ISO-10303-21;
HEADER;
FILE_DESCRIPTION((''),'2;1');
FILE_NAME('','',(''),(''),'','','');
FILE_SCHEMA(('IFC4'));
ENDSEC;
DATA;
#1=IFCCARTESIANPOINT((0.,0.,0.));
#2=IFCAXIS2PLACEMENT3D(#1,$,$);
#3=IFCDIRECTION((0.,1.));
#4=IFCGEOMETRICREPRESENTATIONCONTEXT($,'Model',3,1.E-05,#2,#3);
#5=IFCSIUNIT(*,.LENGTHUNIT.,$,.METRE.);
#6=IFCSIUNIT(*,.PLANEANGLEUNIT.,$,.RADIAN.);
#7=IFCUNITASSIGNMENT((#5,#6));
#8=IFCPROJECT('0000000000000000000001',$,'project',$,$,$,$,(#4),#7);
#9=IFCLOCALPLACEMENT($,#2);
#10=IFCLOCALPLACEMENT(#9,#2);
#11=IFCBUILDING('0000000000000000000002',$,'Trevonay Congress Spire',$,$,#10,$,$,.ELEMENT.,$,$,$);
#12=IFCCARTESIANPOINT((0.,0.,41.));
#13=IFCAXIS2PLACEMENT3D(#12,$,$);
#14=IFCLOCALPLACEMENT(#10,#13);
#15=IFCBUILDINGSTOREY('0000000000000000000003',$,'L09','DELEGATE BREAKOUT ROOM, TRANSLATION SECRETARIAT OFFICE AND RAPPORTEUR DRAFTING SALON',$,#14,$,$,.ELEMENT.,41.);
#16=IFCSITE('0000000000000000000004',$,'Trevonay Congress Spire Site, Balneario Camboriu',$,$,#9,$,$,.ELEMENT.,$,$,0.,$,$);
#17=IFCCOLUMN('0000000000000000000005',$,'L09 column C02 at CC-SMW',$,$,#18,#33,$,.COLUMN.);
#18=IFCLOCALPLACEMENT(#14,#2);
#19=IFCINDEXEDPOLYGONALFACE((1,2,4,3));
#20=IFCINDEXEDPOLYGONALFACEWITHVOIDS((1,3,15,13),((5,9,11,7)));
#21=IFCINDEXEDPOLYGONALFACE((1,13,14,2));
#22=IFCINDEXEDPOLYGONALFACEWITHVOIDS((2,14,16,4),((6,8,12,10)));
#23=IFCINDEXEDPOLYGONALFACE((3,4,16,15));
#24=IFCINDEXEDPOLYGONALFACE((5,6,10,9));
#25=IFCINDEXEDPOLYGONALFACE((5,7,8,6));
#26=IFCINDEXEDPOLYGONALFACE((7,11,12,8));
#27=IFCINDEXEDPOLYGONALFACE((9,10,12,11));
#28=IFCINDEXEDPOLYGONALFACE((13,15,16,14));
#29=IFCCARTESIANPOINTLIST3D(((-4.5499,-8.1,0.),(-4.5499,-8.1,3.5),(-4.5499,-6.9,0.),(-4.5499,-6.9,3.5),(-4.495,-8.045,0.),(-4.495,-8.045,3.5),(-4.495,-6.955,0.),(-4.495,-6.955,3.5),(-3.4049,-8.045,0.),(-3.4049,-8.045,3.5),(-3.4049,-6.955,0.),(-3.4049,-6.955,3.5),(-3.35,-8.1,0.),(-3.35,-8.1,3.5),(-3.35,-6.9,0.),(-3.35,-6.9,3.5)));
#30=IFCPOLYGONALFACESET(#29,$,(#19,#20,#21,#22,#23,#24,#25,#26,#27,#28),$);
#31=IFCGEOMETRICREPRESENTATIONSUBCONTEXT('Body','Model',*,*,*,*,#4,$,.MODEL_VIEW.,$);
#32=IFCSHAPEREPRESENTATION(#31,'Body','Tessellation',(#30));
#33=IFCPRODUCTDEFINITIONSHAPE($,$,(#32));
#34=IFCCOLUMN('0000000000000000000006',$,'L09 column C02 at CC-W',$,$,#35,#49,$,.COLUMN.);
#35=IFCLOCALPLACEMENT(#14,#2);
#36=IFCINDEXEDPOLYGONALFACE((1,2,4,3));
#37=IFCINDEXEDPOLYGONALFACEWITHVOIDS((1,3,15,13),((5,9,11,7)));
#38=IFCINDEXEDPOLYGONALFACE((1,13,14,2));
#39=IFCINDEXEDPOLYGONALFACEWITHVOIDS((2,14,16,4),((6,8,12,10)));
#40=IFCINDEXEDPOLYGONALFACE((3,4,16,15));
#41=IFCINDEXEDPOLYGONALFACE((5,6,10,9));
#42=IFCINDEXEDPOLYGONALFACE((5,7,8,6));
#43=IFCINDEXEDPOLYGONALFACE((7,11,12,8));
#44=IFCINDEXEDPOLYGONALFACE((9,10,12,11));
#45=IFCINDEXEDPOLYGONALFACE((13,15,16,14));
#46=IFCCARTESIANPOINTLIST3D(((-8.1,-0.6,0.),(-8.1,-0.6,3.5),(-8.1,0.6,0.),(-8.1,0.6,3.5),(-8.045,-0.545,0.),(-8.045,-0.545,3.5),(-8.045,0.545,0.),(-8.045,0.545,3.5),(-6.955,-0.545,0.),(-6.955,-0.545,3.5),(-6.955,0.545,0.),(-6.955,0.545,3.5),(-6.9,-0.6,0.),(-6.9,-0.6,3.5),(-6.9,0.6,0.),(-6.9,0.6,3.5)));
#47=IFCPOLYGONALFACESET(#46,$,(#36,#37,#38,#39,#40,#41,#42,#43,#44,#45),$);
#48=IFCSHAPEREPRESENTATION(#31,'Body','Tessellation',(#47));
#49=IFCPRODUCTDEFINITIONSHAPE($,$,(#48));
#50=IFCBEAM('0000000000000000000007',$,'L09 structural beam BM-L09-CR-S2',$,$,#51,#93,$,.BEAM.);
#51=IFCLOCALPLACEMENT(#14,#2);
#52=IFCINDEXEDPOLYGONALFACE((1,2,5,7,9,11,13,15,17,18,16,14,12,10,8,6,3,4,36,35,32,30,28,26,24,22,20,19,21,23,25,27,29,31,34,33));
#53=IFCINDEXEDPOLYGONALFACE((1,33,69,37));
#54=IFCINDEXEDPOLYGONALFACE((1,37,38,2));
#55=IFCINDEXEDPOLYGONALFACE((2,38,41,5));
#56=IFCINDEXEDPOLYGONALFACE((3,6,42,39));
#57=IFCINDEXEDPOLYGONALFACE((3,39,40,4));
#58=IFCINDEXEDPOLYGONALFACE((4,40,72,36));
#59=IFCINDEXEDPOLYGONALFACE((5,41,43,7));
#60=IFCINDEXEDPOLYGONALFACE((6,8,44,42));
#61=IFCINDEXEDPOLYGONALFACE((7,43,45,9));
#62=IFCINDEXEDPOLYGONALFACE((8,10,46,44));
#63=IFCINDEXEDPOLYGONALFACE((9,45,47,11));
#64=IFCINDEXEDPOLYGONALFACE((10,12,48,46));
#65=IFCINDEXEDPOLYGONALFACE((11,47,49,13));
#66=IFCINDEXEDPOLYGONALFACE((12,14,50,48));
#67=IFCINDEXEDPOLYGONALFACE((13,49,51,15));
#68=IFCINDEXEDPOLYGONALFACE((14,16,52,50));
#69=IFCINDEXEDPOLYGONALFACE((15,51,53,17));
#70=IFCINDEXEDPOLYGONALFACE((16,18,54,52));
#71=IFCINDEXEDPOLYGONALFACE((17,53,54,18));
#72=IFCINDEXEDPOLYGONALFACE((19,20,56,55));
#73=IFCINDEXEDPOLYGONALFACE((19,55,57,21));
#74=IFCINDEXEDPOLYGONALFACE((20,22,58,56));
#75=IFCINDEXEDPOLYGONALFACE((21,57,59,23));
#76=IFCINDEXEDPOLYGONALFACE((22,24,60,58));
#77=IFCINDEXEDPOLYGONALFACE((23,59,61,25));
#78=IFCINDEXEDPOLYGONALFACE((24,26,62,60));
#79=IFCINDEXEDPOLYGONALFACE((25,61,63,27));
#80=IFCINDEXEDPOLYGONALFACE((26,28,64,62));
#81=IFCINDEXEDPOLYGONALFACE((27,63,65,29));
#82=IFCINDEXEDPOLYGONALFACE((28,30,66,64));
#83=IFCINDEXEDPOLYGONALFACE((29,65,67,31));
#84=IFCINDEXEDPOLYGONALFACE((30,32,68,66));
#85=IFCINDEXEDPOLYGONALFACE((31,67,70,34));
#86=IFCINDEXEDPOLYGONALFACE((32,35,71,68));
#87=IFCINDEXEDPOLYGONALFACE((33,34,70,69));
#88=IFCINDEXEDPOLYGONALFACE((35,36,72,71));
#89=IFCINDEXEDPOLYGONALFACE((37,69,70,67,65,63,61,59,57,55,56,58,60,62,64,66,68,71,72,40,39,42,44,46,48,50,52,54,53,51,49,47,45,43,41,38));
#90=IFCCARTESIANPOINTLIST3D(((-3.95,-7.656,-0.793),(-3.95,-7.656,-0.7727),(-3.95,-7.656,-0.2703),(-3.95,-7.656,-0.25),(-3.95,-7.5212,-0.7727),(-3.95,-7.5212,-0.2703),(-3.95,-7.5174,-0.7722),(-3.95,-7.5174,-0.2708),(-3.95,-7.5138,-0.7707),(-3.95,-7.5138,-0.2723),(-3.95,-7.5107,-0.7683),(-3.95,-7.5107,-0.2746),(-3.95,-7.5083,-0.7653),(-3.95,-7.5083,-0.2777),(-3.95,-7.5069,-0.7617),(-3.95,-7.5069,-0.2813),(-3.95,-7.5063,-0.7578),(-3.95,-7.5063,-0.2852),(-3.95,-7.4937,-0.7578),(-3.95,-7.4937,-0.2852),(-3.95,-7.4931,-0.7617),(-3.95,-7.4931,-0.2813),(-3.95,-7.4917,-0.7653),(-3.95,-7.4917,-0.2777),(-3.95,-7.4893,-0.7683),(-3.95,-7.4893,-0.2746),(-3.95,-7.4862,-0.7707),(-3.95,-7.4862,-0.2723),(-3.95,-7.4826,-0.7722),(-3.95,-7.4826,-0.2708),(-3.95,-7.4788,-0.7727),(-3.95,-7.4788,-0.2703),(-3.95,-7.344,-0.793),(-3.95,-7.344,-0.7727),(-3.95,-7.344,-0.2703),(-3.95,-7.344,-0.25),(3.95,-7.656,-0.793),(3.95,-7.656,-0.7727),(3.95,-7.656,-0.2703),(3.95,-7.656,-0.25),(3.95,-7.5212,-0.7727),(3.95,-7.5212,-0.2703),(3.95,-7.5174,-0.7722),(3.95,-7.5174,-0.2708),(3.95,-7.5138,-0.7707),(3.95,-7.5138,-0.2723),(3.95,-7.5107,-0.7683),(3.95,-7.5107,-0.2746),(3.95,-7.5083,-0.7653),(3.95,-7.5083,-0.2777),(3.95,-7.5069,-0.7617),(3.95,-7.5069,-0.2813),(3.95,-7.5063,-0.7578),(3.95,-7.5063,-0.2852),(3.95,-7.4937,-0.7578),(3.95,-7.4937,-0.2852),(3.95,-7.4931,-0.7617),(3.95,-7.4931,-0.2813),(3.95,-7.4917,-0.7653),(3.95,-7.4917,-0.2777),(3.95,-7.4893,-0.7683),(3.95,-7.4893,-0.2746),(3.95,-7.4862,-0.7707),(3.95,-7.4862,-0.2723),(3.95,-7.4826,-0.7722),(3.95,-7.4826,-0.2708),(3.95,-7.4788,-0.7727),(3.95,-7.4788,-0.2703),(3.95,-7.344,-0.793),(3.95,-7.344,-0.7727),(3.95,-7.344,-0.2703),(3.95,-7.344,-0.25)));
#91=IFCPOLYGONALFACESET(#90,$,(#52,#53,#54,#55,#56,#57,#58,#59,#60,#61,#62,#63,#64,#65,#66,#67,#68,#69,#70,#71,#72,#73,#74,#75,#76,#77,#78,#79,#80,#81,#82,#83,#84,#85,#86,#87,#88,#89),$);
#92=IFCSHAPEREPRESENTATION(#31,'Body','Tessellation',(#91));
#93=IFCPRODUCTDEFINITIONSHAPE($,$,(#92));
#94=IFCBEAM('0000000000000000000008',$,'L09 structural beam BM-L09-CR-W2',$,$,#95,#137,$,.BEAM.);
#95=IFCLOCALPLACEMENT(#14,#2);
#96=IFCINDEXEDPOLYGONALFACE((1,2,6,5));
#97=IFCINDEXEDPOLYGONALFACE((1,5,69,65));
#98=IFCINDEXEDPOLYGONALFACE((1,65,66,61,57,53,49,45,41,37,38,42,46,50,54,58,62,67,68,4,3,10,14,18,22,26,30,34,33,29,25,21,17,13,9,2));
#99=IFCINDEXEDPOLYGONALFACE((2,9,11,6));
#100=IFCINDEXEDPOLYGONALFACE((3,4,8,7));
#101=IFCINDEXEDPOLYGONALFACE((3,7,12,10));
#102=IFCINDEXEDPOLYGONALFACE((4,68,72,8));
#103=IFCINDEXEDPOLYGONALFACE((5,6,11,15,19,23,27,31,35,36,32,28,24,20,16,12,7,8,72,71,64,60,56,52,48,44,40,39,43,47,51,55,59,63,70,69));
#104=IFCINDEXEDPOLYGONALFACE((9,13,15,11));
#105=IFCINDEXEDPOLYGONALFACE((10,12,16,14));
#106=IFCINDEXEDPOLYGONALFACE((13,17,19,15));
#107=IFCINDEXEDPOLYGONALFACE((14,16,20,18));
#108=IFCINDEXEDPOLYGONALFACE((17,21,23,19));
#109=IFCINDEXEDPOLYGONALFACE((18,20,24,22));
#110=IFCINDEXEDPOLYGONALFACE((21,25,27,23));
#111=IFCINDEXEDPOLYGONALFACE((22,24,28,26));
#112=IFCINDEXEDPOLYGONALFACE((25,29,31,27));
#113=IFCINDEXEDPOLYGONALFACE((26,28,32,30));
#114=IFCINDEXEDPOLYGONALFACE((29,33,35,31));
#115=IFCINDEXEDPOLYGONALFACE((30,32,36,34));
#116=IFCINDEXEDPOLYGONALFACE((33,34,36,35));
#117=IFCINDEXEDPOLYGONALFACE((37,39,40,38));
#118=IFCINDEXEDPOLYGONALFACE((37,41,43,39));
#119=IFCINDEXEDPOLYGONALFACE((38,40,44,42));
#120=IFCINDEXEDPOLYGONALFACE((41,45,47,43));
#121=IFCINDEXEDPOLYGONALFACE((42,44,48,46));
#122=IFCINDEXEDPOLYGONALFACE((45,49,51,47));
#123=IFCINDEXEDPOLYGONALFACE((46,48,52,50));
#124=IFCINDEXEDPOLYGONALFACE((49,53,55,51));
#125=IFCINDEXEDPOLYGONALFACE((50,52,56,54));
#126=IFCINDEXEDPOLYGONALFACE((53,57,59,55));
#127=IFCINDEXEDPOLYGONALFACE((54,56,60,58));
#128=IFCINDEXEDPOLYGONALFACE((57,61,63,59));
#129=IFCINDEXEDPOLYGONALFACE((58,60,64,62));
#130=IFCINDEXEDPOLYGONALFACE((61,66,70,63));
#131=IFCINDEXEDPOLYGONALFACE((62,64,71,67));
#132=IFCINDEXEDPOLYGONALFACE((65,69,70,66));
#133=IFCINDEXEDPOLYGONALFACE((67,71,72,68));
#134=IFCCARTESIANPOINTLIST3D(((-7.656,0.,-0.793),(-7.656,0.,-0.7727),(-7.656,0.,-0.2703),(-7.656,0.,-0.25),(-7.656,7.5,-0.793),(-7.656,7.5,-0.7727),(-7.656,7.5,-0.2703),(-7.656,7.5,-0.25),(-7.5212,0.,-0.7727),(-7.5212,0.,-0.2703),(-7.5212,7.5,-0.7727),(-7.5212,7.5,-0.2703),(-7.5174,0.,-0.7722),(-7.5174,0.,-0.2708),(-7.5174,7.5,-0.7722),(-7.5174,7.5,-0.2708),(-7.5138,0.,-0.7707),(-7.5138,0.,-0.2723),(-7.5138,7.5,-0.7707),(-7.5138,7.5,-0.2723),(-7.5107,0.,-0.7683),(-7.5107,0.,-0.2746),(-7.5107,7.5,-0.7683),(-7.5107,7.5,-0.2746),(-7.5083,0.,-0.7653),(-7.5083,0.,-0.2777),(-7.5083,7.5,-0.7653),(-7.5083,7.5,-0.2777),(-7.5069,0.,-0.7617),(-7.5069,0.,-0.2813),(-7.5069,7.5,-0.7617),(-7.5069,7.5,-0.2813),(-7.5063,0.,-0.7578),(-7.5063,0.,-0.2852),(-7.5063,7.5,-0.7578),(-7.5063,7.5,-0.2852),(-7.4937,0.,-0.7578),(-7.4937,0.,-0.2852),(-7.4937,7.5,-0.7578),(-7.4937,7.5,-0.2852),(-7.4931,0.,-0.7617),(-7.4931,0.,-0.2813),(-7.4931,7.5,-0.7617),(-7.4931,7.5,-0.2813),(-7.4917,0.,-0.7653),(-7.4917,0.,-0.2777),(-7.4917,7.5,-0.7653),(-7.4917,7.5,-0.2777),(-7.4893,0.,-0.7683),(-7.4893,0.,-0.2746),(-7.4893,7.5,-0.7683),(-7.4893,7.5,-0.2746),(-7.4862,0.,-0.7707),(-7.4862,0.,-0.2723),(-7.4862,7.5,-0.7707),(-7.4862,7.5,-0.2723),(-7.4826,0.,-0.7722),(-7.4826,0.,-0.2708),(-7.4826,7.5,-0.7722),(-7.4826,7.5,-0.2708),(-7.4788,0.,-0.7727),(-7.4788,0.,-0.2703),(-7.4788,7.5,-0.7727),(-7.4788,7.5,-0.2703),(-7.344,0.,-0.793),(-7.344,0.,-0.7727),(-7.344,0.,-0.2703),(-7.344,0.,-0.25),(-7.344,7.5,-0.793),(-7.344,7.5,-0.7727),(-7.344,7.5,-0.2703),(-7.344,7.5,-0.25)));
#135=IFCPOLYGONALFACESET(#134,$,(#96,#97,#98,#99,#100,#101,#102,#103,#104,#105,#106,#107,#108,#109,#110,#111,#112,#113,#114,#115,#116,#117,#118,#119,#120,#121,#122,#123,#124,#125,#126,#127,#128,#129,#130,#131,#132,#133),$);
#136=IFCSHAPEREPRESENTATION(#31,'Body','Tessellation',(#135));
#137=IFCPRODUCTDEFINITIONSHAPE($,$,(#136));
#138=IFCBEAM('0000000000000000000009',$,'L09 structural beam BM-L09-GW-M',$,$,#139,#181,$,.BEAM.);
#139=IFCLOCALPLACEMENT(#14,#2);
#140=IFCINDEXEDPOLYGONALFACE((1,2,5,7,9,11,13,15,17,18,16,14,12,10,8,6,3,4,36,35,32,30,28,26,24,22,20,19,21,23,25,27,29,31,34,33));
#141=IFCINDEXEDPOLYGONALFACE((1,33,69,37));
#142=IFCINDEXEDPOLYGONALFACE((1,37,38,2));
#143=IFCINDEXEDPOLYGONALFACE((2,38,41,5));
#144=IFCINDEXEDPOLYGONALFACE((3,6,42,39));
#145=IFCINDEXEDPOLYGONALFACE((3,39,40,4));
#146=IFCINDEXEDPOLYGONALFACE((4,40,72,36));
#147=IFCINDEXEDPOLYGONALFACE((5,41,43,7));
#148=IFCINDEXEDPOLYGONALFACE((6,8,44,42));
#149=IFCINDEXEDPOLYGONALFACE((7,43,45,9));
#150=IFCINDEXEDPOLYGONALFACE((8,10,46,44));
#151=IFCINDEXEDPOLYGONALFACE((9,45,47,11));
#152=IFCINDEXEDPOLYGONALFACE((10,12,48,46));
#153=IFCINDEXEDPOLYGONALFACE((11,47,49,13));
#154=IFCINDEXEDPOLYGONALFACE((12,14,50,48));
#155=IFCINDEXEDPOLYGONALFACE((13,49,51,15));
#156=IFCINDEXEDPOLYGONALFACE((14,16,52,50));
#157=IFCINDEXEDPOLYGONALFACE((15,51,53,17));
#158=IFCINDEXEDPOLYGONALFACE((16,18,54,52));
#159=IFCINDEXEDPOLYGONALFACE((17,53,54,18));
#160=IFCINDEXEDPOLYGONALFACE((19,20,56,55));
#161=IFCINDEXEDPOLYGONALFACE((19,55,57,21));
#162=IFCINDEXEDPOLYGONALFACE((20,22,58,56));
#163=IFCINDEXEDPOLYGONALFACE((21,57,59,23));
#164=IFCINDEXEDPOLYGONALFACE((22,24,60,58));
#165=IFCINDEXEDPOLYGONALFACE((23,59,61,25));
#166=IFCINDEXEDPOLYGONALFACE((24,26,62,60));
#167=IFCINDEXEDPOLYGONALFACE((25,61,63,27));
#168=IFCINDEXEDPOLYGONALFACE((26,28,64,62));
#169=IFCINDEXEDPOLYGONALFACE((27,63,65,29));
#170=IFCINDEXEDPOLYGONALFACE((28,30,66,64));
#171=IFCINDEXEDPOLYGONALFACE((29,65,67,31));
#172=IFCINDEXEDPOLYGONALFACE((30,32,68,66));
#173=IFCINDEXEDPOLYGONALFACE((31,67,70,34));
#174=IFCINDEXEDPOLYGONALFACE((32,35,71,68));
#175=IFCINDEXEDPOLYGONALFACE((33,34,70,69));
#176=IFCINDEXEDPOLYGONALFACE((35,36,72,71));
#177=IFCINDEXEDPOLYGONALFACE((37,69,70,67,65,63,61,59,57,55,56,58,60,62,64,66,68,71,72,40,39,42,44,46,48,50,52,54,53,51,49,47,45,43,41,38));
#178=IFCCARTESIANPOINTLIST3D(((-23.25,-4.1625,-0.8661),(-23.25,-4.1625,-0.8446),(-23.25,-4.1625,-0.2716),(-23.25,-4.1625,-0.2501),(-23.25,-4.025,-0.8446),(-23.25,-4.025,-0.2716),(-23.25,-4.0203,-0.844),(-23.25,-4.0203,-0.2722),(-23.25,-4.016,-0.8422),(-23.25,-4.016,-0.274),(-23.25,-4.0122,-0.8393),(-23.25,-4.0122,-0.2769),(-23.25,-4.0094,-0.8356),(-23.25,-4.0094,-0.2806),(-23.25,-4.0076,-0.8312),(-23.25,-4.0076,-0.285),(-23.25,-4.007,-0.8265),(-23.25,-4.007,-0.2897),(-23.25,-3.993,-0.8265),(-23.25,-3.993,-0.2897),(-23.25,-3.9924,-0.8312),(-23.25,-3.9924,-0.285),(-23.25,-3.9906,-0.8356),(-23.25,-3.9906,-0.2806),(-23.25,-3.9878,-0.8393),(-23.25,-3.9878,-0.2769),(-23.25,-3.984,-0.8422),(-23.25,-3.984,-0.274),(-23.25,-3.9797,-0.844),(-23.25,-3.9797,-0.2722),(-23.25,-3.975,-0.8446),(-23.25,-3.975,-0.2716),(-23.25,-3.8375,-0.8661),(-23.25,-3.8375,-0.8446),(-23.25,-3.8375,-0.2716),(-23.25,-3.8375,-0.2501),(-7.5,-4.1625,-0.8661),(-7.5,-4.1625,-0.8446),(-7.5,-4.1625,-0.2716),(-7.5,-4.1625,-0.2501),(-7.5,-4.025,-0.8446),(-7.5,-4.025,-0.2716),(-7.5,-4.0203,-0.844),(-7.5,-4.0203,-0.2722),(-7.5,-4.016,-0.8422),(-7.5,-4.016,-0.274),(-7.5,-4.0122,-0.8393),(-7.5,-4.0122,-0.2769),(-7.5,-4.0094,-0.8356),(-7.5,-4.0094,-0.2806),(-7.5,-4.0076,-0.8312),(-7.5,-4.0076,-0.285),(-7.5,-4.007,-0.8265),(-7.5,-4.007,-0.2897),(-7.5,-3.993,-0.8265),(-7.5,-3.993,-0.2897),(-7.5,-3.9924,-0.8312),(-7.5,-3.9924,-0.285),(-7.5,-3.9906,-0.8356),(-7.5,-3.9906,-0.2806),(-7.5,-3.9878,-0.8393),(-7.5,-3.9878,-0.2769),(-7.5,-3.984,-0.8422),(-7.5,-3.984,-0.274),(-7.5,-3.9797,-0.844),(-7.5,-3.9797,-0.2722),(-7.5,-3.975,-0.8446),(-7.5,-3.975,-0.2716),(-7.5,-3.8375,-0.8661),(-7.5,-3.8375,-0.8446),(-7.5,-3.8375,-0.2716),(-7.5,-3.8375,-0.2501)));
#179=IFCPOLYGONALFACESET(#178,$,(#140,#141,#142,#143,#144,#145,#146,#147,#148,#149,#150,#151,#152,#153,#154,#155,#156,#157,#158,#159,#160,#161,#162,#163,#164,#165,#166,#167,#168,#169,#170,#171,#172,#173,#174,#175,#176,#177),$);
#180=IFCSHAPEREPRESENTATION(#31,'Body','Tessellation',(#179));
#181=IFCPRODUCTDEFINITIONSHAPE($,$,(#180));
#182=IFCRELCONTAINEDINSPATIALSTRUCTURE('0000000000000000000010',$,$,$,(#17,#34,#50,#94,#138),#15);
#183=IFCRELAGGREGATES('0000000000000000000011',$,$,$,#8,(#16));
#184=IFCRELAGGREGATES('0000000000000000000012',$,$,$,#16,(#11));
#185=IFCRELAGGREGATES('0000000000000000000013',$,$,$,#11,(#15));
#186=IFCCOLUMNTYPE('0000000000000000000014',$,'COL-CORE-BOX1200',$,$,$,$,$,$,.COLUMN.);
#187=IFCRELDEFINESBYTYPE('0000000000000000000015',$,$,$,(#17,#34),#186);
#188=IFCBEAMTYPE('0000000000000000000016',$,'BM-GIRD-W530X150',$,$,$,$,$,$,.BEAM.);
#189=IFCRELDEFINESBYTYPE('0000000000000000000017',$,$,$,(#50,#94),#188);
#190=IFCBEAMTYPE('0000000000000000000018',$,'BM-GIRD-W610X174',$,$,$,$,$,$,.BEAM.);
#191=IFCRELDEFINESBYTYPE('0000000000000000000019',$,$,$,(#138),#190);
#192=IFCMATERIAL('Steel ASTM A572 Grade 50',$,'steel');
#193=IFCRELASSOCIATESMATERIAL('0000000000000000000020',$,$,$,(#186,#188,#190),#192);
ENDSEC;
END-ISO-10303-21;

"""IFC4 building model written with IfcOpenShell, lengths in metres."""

from ifc_helpers import new_model, si_unit, direction, frame, origin, origin_2d, place, context, subcontext, project, spatial, hollow_rectangle, i_section, extrude, material, material_profile, profile_set, type_object, element, save


model = new_model("IFC4")

# Units and contexts
model_context = context("Model", 3, precision=1e-05, world=origin(), true_north=direction((0.0, 1.0)))
body_context = subcontext(model_context, "Body", "Model", "MODEL_VIEW")
ifc_project = project(units=[si_unit("LENGTHUNIT", "METRE"), si_unit("PLANEANGLEUNIT", "RADIAN")], contexts=[model_context])

# Site, building, storey
site_placement = place(None, origin())
site = spatial("IfcSite", under=ifc_project, at=site_placement, Name="Trevonay Congress Spire Site, Balneario Camboriu", CompositionType="ELEMENT", RefElevation=0.0)
building_placement = place(site_placement, origin())
building = spatial("IfcBuilding", under=site, at=building_placement, Name="Trevonay Congress Spire", CompositionType="ELEMENT")
storey_placement = place(building_placement, frame((0.0, 0.0, 41.0)))
storey = spatial("IfcBuildingStorey", under=building, at=storey_placement, Name="L09", Description="DELEGATE BREAKOUT ROOM, TRANSLATION SECRETARIAT OFFICE AND RAPPORTEUR DRAFTING SALON", CompositionType="ELEMENT", Elevation=41.0)

# Columns
ifc_material_1 = material(Name="Steel ASTM A572 Grade 50", Category="steel")
ifc_material_profile_1 = material_profile(ifc_material_1, hollow_rectangle(XDim=1.2, YDim=1.2, WallThickness=0.0549, at=origin_2d()), Name="BOX 1200x1200x55")
ifc_profile_set_1 = profile_set([ifc_material_profile_1], Name="Steel ASTM A572 Grade 50")
column_type = type_object("IfcColumnType", Name="COL-CORE-BOX1200", PredefinedType="COLUMN", material=ifc_profile_set_1)
for number, where, z_axis, x_axis, name in (
    (1, (-3.95, -7.5, 0.0), (0.0, 0.0, 1.0), (1.0, 0.0, 0.0), "L09 column C02 at CC-SMW"),
    (2, (-7.5, 0.0, 0.0), (0.0, 0.0, 1.0), (1.0, 0.0, 0.0), "L09 column C02 at CC-W"),
):
    element("IfcColumn", number, at=place(storey_placement, frame(where, z_axis=z_axis, x_axis=x_axis)), inside=storey, type_object=column_type, Name=name, PredefinedType="COLUMN", context=body_context, shape_type="SweptSolid", body=[
        extrude(hollow_rectangle(XDim=1.2, YDim=1.2, WallThickness=0.0549, at=origin_2d()), origin(), (0.0, 0.0, 1.0), 3.5),
    ])

# Beams
ifc_material_profile_2 = material_profile(ifc_material_1, i_section(OverallWidth=0.312, OverallDepth=0.543, WebThickness=0.0127, FlangeThickness=0.0203, FilletRadius=0.0149, at=origin_2d()), Name="W530x150")
ifc_profile_set_2 = profile_set([ifc_material_profile_2], Name="Steel ASTM A572 Grade 50")
beam_type_1 = type_object("IfcBeamType", Name="BM-GIRD-W530X150", PredefinedType="BEAM", material=ifc_profile_set_2)
beam_1_placement = place(storey_placement, frame((-3.95, -7.5, -0.5215), z_axis=(1.0, 0.0, 0.0), x_axis=(0.0, 1.0, 0.0)))
element("IfcBeam", 3, at=beam_1_placement, inside=storey, type_object=beam_type_1, Name="L09 structural beam BM-L09-CR-S2", PredefinedType="BEAM", context=body_context, shape_type="SweptSolid", body=[
    extrude(i_section(OverallWidth=0.312, OverallDepth=0.543, WebThickness=0.0127, FlangeThickness=0.0203, FilletRadius=0.0149, at=origin_2d()), origin(), (0.0, 0.0, 1.0), 7.8999),
])
beam_2_placement = place(storey_placement, frame((-7.5, 0.0, -0.5215), z_axis=(0.0, 1.0, 0.0), x_axis=(-1.0, 0.0, 0.0)))
element("IfcBeam", 4, at=beam_2_placement, inside=storey, type_object=beam_type_1, Name="L09 structural beam BM-L09-CR-W2", PredefinedType="BEAM", context=body_context, shape_type="SweptSolid", body=[
    extrude(i_section(OverallWidth=0.312, OverallDepth=0.543, WebThickness=0.0127, FlangeThickness=0.0203, FilletRadius=0.0149, at=origin_2d()), origin(), (0.0, 0.0, 1.0), 7.5),
])
ifc_material_profile_3 = material_profile(ifc_material_1, i_section(OverallWidth=0.325, OverallDepth=0.616, WebThickness=0.0139, FlangeThickness=0.0215, FilletRadius=0.0181, at=origin_2d()), Name="W610x174")
ifc_profile_set_3 = profile_set([ifc_material_profile_3], Name="Steel ASTM A572 Grade 50")
beam_type_2 = type_object("IfcBeamType", Name="BM-GIRD-W610X174", PredefinedType="BEAM", material=ifc_profile_set_3)
beam_3_placement = place(storey_placement, frame((-7.5, -4.0, -0.5581), z_axis=(-1.0, 0.0, 0.0), x_axis=(0.0, -1.0, 0.0)))
element("IfcBeam", 5, at=beam_3_placement, inside=storey, type_object=beam_type_2, Name="L09 structural beam BM-L09-GW-M", PredefinedType="BEAM", context=body_context, shape_type="SweptSolid", body=[
    extrude(i_section(OverallWidth=0.325, OverallDepth=0.616, WebThickness=0.0139, FlangeThickness=0.0215, FilletRadius=0.0181, at=origin_2d()), origin(), (0.0, 0.0, 1.0), 15.75),
])

save(model, "model.ifc")
